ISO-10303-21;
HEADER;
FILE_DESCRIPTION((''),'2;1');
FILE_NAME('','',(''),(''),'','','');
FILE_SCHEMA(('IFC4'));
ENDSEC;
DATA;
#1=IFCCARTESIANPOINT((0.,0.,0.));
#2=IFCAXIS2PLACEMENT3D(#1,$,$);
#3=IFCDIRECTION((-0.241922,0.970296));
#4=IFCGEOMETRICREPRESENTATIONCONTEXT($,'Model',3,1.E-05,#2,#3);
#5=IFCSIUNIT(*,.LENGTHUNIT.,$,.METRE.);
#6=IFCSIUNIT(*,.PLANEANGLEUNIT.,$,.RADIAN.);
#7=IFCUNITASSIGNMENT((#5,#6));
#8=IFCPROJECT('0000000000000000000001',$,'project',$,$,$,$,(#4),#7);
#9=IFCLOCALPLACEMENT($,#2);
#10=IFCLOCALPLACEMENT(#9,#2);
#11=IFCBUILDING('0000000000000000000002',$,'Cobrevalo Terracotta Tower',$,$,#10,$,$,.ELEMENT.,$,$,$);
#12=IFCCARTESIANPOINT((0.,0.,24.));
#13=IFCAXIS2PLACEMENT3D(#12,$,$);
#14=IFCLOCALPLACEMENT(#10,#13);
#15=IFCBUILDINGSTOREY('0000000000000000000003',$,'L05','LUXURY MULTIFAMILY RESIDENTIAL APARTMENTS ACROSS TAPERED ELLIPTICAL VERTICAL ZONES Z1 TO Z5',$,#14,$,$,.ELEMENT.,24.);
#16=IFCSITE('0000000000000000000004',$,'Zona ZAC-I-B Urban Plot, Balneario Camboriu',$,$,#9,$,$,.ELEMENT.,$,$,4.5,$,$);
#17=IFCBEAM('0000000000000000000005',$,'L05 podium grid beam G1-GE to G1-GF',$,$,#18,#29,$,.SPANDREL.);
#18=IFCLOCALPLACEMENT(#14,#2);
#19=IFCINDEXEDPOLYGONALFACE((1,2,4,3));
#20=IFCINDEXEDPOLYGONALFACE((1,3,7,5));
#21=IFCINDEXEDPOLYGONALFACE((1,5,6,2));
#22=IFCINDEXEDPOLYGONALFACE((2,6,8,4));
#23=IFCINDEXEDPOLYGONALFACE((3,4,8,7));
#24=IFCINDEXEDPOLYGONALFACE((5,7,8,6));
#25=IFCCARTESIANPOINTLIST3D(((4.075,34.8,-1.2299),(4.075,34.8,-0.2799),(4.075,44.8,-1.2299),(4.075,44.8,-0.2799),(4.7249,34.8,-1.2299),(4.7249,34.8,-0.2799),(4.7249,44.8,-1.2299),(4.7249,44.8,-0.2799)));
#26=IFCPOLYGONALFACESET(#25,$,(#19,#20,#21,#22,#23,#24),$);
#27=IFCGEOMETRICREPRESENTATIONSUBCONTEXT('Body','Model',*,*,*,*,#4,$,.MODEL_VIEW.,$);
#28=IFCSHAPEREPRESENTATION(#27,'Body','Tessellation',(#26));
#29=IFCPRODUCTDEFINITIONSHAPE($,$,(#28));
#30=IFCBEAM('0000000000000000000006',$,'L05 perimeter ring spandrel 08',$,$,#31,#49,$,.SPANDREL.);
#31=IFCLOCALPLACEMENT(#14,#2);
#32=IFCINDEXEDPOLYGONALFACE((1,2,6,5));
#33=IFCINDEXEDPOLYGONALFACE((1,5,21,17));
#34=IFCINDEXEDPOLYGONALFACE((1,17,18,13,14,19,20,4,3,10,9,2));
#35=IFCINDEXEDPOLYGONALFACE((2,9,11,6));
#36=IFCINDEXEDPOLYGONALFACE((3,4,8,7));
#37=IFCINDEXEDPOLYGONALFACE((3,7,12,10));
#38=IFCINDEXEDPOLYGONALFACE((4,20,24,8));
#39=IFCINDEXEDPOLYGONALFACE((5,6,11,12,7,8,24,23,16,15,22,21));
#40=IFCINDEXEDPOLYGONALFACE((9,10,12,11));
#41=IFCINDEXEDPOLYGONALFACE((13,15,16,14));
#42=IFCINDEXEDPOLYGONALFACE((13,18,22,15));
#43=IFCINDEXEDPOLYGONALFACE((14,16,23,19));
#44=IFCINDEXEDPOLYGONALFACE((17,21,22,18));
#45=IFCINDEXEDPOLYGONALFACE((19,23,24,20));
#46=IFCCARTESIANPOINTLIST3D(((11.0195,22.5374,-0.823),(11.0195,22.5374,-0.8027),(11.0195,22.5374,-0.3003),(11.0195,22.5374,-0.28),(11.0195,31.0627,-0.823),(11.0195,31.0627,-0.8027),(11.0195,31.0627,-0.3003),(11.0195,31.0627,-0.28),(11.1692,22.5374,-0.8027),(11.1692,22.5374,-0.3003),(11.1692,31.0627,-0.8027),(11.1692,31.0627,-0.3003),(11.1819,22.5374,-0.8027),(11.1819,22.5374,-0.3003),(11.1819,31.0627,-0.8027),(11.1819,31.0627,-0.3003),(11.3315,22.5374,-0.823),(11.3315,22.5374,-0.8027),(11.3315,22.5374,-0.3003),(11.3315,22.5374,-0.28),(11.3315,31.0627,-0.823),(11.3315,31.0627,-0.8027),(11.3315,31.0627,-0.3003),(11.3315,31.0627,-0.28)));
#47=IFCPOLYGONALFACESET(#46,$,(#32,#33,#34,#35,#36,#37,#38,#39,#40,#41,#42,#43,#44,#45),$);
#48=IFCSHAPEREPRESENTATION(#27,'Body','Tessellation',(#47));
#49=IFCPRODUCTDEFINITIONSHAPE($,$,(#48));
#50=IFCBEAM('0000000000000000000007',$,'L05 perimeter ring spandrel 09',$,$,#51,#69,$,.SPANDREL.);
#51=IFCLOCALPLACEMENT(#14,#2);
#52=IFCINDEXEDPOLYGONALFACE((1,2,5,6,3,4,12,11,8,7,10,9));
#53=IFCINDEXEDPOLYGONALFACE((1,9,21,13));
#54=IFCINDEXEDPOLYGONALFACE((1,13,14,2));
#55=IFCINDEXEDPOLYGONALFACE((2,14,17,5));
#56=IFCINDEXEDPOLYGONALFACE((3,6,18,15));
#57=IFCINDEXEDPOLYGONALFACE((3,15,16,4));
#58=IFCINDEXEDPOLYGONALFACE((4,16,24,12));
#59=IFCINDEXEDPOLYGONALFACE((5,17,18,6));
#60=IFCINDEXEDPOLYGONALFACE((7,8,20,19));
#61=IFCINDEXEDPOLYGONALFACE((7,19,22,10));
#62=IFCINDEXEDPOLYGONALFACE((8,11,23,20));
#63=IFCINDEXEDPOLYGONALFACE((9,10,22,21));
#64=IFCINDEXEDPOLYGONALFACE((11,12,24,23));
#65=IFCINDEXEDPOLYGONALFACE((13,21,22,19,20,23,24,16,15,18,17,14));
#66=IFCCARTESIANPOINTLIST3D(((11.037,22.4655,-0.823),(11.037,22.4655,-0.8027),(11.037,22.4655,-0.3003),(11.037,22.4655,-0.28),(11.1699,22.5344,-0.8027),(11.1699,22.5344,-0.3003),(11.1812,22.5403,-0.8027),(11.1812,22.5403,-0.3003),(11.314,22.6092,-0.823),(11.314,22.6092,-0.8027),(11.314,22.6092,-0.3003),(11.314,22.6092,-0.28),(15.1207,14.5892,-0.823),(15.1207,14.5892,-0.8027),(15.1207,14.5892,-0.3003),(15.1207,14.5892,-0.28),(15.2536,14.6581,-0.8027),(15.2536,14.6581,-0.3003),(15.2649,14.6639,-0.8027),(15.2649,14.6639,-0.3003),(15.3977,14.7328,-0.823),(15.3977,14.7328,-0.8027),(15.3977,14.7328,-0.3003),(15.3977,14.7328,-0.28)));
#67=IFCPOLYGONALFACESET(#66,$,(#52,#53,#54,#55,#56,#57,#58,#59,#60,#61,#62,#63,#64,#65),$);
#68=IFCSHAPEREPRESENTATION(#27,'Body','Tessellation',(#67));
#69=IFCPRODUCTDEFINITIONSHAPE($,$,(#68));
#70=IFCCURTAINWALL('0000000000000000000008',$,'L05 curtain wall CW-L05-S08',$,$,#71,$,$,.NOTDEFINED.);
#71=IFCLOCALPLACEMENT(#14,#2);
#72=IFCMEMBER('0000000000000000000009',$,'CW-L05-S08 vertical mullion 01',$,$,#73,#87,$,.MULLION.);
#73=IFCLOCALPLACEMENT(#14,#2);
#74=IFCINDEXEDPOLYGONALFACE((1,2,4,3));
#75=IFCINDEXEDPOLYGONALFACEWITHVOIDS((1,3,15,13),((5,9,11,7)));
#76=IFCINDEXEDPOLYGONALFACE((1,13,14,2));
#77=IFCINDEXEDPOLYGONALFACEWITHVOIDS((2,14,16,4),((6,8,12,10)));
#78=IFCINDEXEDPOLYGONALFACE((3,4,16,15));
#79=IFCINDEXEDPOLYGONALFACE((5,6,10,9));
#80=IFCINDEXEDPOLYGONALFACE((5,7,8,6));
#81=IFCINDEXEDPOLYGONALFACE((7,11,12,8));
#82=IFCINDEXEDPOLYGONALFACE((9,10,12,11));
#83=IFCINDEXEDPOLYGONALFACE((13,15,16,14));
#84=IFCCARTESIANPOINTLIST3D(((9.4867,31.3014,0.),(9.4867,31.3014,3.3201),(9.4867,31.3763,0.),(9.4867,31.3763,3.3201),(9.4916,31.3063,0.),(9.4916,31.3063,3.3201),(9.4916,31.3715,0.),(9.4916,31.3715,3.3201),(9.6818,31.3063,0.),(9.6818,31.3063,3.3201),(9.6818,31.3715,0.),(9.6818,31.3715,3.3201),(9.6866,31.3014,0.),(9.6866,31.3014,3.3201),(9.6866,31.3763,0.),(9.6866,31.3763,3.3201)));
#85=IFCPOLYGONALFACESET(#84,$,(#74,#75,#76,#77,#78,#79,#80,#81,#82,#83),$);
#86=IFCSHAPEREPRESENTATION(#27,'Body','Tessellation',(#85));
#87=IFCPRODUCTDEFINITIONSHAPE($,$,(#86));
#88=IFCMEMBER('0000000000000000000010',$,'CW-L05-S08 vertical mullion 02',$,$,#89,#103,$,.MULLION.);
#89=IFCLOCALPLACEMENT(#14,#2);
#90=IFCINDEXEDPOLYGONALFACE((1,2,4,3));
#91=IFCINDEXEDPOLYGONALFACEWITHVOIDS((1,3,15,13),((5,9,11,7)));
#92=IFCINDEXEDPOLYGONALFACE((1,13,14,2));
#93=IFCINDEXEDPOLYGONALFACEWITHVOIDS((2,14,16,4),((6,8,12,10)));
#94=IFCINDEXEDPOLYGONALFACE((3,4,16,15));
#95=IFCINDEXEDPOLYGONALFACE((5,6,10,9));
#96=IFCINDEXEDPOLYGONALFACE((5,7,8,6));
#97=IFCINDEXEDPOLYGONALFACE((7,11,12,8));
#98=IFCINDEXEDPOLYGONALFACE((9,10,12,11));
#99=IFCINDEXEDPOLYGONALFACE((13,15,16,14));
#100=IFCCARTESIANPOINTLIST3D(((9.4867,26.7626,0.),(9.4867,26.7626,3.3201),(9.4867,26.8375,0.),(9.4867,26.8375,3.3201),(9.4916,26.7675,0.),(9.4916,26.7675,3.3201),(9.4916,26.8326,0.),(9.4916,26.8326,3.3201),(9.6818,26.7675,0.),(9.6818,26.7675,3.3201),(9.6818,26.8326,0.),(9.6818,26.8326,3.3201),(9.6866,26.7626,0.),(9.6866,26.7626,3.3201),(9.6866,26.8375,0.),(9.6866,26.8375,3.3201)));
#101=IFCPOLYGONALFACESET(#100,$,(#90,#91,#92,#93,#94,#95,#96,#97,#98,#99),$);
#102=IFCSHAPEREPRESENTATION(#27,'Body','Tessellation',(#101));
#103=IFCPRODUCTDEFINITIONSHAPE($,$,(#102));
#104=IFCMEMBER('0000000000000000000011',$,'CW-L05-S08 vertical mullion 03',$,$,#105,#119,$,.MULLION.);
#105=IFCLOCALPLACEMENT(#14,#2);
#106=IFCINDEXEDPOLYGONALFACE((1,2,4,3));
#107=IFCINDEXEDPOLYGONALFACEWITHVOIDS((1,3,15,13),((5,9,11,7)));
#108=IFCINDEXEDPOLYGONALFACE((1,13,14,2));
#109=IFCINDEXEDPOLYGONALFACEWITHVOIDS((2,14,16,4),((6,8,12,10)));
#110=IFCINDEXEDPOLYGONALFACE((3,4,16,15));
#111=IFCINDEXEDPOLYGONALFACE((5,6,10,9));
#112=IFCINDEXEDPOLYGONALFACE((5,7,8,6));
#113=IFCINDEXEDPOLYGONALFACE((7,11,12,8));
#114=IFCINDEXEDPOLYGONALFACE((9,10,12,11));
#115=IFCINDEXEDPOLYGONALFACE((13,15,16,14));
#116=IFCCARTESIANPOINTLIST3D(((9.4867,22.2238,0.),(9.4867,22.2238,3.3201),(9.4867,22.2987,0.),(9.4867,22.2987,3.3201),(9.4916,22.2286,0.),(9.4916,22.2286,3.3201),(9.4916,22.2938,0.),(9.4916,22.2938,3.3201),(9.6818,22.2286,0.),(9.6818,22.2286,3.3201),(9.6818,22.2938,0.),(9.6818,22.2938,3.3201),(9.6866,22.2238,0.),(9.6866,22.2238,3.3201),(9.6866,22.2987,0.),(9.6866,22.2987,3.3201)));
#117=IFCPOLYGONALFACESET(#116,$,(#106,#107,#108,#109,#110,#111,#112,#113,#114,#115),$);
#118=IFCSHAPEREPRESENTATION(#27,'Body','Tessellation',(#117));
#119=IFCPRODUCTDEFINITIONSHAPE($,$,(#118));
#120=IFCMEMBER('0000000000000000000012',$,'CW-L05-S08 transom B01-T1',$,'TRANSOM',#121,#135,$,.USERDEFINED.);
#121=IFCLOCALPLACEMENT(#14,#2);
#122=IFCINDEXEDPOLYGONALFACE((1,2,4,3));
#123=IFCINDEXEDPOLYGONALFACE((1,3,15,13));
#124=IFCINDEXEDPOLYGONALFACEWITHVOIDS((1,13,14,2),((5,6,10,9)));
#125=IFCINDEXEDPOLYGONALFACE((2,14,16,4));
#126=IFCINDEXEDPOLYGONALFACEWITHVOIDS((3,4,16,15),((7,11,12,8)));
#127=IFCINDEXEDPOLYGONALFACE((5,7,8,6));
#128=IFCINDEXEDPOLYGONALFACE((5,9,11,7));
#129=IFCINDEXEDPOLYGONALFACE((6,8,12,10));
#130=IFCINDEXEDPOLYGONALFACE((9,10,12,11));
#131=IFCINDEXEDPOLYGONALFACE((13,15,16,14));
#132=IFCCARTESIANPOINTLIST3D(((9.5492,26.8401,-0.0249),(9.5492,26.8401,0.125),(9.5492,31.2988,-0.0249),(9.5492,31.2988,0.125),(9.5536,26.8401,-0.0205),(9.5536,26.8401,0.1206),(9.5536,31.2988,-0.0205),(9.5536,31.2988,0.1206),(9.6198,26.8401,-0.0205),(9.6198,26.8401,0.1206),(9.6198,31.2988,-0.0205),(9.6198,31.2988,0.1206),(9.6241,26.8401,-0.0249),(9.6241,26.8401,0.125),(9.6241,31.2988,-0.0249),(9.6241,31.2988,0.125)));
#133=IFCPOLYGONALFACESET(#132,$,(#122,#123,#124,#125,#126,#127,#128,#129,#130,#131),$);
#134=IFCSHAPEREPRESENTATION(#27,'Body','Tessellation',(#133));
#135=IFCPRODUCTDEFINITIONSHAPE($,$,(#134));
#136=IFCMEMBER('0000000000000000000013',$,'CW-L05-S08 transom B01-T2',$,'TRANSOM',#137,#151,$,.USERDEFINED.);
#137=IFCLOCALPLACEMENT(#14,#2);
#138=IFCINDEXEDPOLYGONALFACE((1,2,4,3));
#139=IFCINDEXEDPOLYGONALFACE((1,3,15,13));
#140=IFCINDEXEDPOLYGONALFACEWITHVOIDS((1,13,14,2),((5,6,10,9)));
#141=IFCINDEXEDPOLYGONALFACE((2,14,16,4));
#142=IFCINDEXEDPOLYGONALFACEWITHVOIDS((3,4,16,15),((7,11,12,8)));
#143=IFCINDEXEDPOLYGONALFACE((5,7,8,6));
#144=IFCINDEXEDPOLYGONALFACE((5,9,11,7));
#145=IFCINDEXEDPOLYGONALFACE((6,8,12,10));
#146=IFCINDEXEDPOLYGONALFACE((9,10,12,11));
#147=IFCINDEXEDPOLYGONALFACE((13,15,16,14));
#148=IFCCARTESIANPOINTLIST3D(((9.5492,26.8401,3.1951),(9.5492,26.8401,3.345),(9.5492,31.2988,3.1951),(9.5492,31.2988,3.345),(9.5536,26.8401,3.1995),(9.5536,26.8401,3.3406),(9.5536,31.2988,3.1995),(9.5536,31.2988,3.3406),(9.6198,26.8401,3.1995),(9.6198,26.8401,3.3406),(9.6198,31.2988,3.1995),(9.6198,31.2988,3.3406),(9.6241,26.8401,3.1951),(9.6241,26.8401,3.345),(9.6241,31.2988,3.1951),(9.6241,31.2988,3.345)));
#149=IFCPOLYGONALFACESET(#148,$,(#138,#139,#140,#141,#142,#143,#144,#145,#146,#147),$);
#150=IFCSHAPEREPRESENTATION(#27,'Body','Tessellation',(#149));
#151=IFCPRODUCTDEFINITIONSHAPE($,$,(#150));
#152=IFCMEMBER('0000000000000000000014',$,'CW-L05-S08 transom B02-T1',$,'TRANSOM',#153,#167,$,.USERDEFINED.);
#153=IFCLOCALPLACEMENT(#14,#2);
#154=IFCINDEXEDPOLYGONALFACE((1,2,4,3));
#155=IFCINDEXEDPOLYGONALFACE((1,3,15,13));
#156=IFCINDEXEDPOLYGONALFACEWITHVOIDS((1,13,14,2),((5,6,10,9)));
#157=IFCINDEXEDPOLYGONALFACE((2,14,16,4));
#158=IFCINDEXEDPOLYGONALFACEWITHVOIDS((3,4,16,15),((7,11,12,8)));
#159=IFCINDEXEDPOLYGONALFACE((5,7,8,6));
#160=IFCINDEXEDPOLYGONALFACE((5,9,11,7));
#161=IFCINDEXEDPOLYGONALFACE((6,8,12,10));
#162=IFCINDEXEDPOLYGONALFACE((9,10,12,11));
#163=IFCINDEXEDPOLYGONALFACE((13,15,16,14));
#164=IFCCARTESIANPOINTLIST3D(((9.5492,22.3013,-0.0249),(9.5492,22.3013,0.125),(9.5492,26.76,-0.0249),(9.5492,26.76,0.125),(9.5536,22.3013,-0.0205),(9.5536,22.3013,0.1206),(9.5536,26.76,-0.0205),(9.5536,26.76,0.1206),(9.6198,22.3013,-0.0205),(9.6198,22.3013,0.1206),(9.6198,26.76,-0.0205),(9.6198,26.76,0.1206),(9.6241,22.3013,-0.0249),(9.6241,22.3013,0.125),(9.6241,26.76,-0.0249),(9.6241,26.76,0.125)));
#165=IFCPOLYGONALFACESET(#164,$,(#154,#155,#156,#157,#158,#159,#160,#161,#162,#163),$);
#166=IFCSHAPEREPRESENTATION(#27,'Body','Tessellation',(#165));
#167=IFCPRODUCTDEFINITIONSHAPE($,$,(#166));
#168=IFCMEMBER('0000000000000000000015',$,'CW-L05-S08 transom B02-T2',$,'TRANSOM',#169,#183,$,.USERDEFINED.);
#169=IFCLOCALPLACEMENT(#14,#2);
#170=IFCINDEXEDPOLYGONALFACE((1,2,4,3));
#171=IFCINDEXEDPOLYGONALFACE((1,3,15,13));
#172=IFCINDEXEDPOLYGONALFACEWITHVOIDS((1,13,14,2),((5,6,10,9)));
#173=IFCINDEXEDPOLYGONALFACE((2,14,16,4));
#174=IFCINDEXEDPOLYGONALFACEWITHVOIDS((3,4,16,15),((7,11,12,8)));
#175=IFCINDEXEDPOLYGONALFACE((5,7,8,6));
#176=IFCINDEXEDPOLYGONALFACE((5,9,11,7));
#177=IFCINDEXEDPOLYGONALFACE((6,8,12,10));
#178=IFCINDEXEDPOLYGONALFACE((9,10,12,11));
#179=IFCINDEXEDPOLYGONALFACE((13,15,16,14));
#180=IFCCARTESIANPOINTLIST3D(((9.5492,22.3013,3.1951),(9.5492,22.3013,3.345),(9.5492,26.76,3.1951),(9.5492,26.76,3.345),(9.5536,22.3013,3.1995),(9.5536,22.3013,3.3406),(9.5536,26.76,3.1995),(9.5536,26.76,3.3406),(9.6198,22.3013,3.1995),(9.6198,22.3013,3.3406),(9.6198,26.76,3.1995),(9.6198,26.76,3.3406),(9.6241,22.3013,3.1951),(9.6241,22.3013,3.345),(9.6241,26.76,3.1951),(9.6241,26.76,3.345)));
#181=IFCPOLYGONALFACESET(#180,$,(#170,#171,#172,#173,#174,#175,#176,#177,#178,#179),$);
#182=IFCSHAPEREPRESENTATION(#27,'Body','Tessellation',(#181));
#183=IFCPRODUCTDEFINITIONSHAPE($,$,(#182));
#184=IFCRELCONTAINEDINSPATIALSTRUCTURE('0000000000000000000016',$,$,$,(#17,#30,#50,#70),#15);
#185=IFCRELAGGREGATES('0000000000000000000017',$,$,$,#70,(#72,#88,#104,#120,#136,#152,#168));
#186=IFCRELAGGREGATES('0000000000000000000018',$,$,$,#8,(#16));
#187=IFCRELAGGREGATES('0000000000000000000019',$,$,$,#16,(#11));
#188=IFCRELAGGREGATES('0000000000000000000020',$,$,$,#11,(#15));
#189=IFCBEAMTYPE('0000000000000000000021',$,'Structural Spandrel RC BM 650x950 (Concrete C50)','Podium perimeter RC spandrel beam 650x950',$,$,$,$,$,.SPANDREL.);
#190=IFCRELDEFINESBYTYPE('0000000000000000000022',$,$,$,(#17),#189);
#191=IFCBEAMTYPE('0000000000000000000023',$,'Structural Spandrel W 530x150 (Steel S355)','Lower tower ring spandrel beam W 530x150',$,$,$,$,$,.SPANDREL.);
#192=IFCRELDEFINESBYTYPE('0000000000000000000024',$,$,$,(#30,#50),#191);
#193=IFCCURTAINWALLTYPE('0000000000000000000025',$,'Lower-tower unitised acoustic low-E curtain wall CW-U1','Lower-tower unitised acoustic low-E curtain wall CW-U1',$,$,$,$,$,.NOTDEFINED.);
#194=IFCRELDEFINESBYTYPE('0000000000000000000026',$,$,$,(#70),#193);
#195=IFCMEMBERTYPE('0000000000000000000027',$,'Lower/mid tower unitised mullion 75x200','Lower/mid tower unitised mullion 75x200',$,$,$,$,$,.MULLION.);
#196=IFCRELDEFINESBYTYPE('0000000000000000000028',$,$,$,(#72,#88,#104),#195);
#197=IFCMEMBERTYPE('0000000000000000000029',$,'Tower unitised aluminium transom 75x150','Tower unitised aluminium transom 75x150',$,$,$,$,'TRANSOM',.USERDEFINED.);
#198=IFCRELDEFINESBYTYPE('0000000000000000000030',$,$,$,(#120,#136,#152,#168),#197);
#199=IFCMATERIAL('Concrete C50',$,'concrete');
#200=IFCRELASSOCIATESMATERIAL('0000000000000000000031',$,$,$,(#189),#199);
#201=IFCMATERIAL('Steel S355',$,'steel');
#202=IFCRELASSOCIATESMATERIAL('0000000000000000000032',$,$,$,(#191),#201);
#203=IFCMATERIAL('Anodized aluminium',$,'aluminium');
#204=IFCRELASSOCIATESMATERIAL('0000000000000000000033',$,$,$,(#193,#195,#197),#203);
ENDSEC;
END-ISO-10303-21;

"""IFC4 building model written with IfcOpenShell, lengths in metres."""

from ifc_helpers import new_model, si_unit, direction, frame, origin, origin_2d, place, context, subcontext, project, spatial, rectangle, hollow_rectangle, i_section, extrude, source, transform, mapped, material, material_profile, profile_set, type_object, element, aggregate, save


model = new_model("IFC4")

# Units and contexts
model_context = context("Model", 3, precision=1e-05, world=origin(), true_north=direction((-0.241922, 0.970296)))
body_context = subcontext(model_context, "Body", "Model", "MODEL_VIEW")
ifc_project = project(units=[si_unit("LENGTHUNIT", "METRE"), si_unit("PLANEANGLEUNIT", "RADIAN")], contexts=[model_context])

# Site, building, storey
site_placement = place(None, origin())
site = spatial("IfcSite", under=ifc_project, at=site_placement, Name="Zona ZAC-I-B Urban Plot, Balneario Camboriu", CompositionType="ELEMENT", RefElevation=4.5)
building_placement = place(site_placement, origin())
building = spatial("IfcBuilding", under=site, at=building_placement, Name="Cobrevalo Terracotta Tower", CompositionType="ELEMENT")
storey_placement = place(building_placement, frame((0.0, 0.0, 24.0)))
storey = spatial("IfcBuildingStorey", under=building, at=storey_placement, Name="L05", Description="LUXURY MULTIFAMILY RESIDENTIAL APARTMENTS ACROSS TAPERED ELLIPTICAL VERTICAL ZONES Z1 TO Z5", CompositionType="ELEMENT", Elevation=24.0)

# Shared definitions
ifc_material_1 = material(Name="Steel S355", Category="steel")

# Beams
ifc_material_2 = material(Name="Concrete C50", Category="concrete")
ifc_material_profile_1 = material_profile(ifc_material_2, rectangle(XDim=0.6499, YDim=0.95, at=origin_2d()), Name="RC BM 650x950")
ifc_profile_set_1 = profile_set([ifc_material_profile_1], Name="Concrete C50")
beam_type_1 = type_object("IfcBeamType", Name="Structural Spandrel RC BM 650x950 (Concrete C50)", Description="Podium perimeter RC spandrel beam 650x950", PredefinedType="SPANDREL", material=ifc_profile_set_1)
beam_1_placement = place(storey_placement, frame((4.3999, 34.8, -0.7549), z_axis=(0.0, 1.0, 0.0), x_axis=(-1.0, 0.0, 0.0)))
element("IfcBeam", 1, at=beam_1_placement, inside=storey, type_object=beam_type_1, Name="L05 podium grid beam G1-GE to G1-GF", PredefinedType="SPANDREL", context=body_context, shape_type="SweptSolid", body=[
    extrude(rectangle(XDim=0.6499, YDim=0.95, at=origin_2d()), origin(), (0.0, 0.0, 1.0), 10.0),
])
ifc_material_profile_2 = material_profile(ifc_material_1, i_section(OverallWidth=0.312, OverallDepth=0.543, WebThickness=0.0127, FlangeThickness=0.0203, at=origin_2d()), Name="W 530x150")
ifc_profile_set_2 = profile_set([ifc_material_profile_2], Name="Steel S355")
beam_type_2 = type_object("IfcBeamType", Name="Structural Spandrel W 530x150 (Steel S355)", Description="Lower tower ring spandrel beam W 530x150", PredefinedType="SPANDREL", material=ifc_profile_set_2)
beam_2_placement = place(storey_placement, frame((11.1755, 31.0627, -0.5515), z_axis=(0.0, -1.0, 0.0), x_axis=(1.0, 0.0, 0.0)))
element("IfcBeam", 2, at=beam_2_placement, inside=storey, type_object=beam_type_2, Name="L05 perimeter ring spandrel 08", PredefinedType="SPANDREL", context=body_context, shape_type="SweptSolid", body=[
    extrude(i_section(OverallWidth=0.312, OverallDepth=0.543, WebThickness=0.0127, FlangeThickness=0.0203, at=origin_2d()), origin(), (0.0, 0.0, 1.0), 8.5254),
])
beam_3_placement = place(storey_placement, frame((11.1755, 22.5374, -0.5515), z_axis=(0.460286, -0.887771, 0.0), x_axis=(0.887771, 0.460286, 0.0)))
element("IfcBeam", 3, at=beam_3_placement, inside=storey, type_object=beam_type_2, Name="L05 perimeter ring spandrel 09", PredefinedType="SPANDREL", context=body_context, shape_type="SweptSolid", body=[
    extrude(i_section(OverallWidth=0.312, OverallDepth=0.543, WebThickness=0.0127, FlangeThickness=0.0203, at=origin_2d()), origin(), (0.0, 0.0, 1.0), 8.8721),
])

# Curtain wall, members
ifc_material_3 = material(Name="Anodized aluminium", Category="aluminium")
curtain_wall_type = type_object("IfcCurtainWallType", Name="Lower-tower unitised acoustic low-E curtain wall CW-U1", Description="Lower-tower unitised acoustic low-E curtain wall CW-U1", PredefinedType="NOTDEFINED", material=ifc_material_3)
curtain_wall_placement = place(storey_placement, origin())
curtain_wall = element("IfcCurtainWall", 4, at=curtain_wall_placement, inside=storey, type_object=curtain_wall_type, Name="L05 curtain wall CW-L05-S08", PredefinedType="NOTDEFINED")
ifc_material_profile_3 = material_profile(ifc_material_3, hollow_rectangle(XDim=0.075, YDim=0.2, WallThickness=0.0049, at=origin_2d()), Name="CWM 75x200")
ifc_profile_set_3 = profile_set([ifc_material_profile_3], Name="Anodized aluminium")
member_type_1 = type_object("IfcMemberType", Name="Lower/mid tower unitised mullion 75x200", Description="Lower/mid tower unitised mullion 75x200", PredefinedType="MULLION", material=ifc_profile_set_3)
shared_shape_1 = source(origin(), body_context, "Body", "SweptSolid", [
    extrude(hollow_rectangle(XDim=0.075, YDim=0.2, WallThickness=0.0049, at=origin_2d()), origin(), (0.0, 0.0, 1.0), 3.3201),
])
member_1_placement = place(storey_placement, frame((9.5867, 31.3389, 0.0), z_axis=(0.0, 0.0, 1.0), x_axis=(0.0, -1.0, 0.0)))
member_1 = element("IfcMember", 5, at=member_1_placement, type_object=member_type_1, Name="CW-L05-S08 vertical mullion 01", PredefinedType="MULLION", context=body_context, shape_type="MappedRepresentation", body=[
    mapped(shared_shape_1, transform((0.0, 0.0, 0.0), scale=1.0)),
])
member_2_placement = place(storey_placement, frame((9.5867, 26.8, 0.0), z_axis=(0.0, 0.0, 1.0), x_axis=(0.0, -1.0, 0.0)))
member_2 = element("IfcMember", 6, at=member_2_placement, type_object=member_type_1, Name="CW-L05-S08 vertical mullion 02", PredefinedType="MULLION", context=body_context, shape_type="MappedRepresentation", body=[
    mapped(shared_shape_1, transform((0.0, 0.0, 0.0), scale=1.0)),
])
member_3_placement = place(storey_placement, frame((9.5867, 22.2612, 0.0), z_axis=(0.0, 0.0, 1.0), x_axis=(0.0, -1.0, 0.0)))
member_3 = element("IfcMember", 7, at=member_3_placement, type_object=member_type_1, Name="CW-L05-S08 vertical mullion 03", PredefinedType="MULLION", context=body_context, shape_type="MappedRepresentation", body=[
    mapped(shared_shape_1, transform((0.0, 0.0, 0.0), scale=1.0)),
])
ifc_material_profile_4 = material_profile(ifc_material_3, hollow_rectangle(XDim=0.075, YDim=0.1499, WallThickness=0.0044, at=origin_2d()), Name="CWT 75x150")
ifc_profile_set_4 = profile_set([ifc_material_profile_4], Name="Anodized aluminium")
member_type_2 = type_object("IfcMemberType", Name="Tower unitised aluminium transom 75x150", Description="Tower unitised aluminium transom 75x150", ElementType="TRANSOM", PredefinedType="USERDEFINED", material=ifc_profile_set_4)
shared_shape_2 = source(origin(), body_context, "Body", "SweptSolid", [
    extrude(hollow_rectangle(XDim=0.075, YDim=0.1499, WallThickness=0.0044, at=origin_2d()), origin(), (0.0, 0.0, 1.0), 4.4587),
])
member_4_placement = place(storey_placement, frame((9.5867, 31.2988, 0.05), z_axis=(0.0, -1.0, 0.0), x_axis=(1.0, 0.0, 0.0)))
member_4 = element("IfcMember", 8, at=member_4_placement, type_object=member_type_2, Name="CW-L05-S08 transom B01-T1", ObjectType="TRANSOM", PredefinedType="USERDEFINED", context=body_context, shape_type="MappedRepresentation", body=[
    mapped(shared_shape_2, transform((0.0, 0.0, 0.0), scale=1.0)),
])
member_5_placement = place(storey_placement, frame((9.5867, 31.2988, 3.27), z_axis=(0.0, -1.0, 0.0), x_axis=(1.0, 0.0, 0.0)))
member_5 = element("IfcMember", 9, at=member_5_placement, type_object=member_type_2, Name="CW-L05-S08 transom B01-T2", ObjectType="TRANSOM", PredefinedType="USERDEFINED", context=body_context, shape_type="MappedRepresentation", body=[
    mapped(shared_shape_2, transform((0.0, 0.0, 0.0), scale=1.0)),
])
member_6_placement = place(storey_placement, frame((9.5867, 26.76, 0.05), z_axis=(0.0, -1.0, 0.0), x_axis=(1.0, 0.0, 0.0)))
member_6 = element("IfcMember", 10, at=member_6_placement, type_object=member_type_2, Name="CW-L05-S08 transom B02-T1", ObjectType="TRANSOM", PredefinedType="USERDEFINED", context=body_context, shape_type="MappedRepresentation", body=[
    mapped(shared_shape_2, transform((0.0, 0.0, 0.0), scale=1.0)),
])
member_7_placement = place(storey_placement, frame((9.5867, 26.76, 3.27), z_axis=(0.0, -1.0, 0.0), x_axis=(1.0, 0.0, 0.0)))
member_7 = element("IfcMember", 11, at=member_7_placement, type_object=member_type_2, Name="CW-L05-S08 transom B02-T2", ObjectType="TRANSOM", PredefinedType="USERDEFINED", context=body_context, shape_type="MappedRepresentation", body=[
    mapped(shared_shape_2, transform((0.0, 0.0, 0.0), scale=1.0)),
])
aggregate(curtain_wall, [member_1, member_2, member_3, member_4, member_5, member_6, member_7])

save(model, "model.ifc")
